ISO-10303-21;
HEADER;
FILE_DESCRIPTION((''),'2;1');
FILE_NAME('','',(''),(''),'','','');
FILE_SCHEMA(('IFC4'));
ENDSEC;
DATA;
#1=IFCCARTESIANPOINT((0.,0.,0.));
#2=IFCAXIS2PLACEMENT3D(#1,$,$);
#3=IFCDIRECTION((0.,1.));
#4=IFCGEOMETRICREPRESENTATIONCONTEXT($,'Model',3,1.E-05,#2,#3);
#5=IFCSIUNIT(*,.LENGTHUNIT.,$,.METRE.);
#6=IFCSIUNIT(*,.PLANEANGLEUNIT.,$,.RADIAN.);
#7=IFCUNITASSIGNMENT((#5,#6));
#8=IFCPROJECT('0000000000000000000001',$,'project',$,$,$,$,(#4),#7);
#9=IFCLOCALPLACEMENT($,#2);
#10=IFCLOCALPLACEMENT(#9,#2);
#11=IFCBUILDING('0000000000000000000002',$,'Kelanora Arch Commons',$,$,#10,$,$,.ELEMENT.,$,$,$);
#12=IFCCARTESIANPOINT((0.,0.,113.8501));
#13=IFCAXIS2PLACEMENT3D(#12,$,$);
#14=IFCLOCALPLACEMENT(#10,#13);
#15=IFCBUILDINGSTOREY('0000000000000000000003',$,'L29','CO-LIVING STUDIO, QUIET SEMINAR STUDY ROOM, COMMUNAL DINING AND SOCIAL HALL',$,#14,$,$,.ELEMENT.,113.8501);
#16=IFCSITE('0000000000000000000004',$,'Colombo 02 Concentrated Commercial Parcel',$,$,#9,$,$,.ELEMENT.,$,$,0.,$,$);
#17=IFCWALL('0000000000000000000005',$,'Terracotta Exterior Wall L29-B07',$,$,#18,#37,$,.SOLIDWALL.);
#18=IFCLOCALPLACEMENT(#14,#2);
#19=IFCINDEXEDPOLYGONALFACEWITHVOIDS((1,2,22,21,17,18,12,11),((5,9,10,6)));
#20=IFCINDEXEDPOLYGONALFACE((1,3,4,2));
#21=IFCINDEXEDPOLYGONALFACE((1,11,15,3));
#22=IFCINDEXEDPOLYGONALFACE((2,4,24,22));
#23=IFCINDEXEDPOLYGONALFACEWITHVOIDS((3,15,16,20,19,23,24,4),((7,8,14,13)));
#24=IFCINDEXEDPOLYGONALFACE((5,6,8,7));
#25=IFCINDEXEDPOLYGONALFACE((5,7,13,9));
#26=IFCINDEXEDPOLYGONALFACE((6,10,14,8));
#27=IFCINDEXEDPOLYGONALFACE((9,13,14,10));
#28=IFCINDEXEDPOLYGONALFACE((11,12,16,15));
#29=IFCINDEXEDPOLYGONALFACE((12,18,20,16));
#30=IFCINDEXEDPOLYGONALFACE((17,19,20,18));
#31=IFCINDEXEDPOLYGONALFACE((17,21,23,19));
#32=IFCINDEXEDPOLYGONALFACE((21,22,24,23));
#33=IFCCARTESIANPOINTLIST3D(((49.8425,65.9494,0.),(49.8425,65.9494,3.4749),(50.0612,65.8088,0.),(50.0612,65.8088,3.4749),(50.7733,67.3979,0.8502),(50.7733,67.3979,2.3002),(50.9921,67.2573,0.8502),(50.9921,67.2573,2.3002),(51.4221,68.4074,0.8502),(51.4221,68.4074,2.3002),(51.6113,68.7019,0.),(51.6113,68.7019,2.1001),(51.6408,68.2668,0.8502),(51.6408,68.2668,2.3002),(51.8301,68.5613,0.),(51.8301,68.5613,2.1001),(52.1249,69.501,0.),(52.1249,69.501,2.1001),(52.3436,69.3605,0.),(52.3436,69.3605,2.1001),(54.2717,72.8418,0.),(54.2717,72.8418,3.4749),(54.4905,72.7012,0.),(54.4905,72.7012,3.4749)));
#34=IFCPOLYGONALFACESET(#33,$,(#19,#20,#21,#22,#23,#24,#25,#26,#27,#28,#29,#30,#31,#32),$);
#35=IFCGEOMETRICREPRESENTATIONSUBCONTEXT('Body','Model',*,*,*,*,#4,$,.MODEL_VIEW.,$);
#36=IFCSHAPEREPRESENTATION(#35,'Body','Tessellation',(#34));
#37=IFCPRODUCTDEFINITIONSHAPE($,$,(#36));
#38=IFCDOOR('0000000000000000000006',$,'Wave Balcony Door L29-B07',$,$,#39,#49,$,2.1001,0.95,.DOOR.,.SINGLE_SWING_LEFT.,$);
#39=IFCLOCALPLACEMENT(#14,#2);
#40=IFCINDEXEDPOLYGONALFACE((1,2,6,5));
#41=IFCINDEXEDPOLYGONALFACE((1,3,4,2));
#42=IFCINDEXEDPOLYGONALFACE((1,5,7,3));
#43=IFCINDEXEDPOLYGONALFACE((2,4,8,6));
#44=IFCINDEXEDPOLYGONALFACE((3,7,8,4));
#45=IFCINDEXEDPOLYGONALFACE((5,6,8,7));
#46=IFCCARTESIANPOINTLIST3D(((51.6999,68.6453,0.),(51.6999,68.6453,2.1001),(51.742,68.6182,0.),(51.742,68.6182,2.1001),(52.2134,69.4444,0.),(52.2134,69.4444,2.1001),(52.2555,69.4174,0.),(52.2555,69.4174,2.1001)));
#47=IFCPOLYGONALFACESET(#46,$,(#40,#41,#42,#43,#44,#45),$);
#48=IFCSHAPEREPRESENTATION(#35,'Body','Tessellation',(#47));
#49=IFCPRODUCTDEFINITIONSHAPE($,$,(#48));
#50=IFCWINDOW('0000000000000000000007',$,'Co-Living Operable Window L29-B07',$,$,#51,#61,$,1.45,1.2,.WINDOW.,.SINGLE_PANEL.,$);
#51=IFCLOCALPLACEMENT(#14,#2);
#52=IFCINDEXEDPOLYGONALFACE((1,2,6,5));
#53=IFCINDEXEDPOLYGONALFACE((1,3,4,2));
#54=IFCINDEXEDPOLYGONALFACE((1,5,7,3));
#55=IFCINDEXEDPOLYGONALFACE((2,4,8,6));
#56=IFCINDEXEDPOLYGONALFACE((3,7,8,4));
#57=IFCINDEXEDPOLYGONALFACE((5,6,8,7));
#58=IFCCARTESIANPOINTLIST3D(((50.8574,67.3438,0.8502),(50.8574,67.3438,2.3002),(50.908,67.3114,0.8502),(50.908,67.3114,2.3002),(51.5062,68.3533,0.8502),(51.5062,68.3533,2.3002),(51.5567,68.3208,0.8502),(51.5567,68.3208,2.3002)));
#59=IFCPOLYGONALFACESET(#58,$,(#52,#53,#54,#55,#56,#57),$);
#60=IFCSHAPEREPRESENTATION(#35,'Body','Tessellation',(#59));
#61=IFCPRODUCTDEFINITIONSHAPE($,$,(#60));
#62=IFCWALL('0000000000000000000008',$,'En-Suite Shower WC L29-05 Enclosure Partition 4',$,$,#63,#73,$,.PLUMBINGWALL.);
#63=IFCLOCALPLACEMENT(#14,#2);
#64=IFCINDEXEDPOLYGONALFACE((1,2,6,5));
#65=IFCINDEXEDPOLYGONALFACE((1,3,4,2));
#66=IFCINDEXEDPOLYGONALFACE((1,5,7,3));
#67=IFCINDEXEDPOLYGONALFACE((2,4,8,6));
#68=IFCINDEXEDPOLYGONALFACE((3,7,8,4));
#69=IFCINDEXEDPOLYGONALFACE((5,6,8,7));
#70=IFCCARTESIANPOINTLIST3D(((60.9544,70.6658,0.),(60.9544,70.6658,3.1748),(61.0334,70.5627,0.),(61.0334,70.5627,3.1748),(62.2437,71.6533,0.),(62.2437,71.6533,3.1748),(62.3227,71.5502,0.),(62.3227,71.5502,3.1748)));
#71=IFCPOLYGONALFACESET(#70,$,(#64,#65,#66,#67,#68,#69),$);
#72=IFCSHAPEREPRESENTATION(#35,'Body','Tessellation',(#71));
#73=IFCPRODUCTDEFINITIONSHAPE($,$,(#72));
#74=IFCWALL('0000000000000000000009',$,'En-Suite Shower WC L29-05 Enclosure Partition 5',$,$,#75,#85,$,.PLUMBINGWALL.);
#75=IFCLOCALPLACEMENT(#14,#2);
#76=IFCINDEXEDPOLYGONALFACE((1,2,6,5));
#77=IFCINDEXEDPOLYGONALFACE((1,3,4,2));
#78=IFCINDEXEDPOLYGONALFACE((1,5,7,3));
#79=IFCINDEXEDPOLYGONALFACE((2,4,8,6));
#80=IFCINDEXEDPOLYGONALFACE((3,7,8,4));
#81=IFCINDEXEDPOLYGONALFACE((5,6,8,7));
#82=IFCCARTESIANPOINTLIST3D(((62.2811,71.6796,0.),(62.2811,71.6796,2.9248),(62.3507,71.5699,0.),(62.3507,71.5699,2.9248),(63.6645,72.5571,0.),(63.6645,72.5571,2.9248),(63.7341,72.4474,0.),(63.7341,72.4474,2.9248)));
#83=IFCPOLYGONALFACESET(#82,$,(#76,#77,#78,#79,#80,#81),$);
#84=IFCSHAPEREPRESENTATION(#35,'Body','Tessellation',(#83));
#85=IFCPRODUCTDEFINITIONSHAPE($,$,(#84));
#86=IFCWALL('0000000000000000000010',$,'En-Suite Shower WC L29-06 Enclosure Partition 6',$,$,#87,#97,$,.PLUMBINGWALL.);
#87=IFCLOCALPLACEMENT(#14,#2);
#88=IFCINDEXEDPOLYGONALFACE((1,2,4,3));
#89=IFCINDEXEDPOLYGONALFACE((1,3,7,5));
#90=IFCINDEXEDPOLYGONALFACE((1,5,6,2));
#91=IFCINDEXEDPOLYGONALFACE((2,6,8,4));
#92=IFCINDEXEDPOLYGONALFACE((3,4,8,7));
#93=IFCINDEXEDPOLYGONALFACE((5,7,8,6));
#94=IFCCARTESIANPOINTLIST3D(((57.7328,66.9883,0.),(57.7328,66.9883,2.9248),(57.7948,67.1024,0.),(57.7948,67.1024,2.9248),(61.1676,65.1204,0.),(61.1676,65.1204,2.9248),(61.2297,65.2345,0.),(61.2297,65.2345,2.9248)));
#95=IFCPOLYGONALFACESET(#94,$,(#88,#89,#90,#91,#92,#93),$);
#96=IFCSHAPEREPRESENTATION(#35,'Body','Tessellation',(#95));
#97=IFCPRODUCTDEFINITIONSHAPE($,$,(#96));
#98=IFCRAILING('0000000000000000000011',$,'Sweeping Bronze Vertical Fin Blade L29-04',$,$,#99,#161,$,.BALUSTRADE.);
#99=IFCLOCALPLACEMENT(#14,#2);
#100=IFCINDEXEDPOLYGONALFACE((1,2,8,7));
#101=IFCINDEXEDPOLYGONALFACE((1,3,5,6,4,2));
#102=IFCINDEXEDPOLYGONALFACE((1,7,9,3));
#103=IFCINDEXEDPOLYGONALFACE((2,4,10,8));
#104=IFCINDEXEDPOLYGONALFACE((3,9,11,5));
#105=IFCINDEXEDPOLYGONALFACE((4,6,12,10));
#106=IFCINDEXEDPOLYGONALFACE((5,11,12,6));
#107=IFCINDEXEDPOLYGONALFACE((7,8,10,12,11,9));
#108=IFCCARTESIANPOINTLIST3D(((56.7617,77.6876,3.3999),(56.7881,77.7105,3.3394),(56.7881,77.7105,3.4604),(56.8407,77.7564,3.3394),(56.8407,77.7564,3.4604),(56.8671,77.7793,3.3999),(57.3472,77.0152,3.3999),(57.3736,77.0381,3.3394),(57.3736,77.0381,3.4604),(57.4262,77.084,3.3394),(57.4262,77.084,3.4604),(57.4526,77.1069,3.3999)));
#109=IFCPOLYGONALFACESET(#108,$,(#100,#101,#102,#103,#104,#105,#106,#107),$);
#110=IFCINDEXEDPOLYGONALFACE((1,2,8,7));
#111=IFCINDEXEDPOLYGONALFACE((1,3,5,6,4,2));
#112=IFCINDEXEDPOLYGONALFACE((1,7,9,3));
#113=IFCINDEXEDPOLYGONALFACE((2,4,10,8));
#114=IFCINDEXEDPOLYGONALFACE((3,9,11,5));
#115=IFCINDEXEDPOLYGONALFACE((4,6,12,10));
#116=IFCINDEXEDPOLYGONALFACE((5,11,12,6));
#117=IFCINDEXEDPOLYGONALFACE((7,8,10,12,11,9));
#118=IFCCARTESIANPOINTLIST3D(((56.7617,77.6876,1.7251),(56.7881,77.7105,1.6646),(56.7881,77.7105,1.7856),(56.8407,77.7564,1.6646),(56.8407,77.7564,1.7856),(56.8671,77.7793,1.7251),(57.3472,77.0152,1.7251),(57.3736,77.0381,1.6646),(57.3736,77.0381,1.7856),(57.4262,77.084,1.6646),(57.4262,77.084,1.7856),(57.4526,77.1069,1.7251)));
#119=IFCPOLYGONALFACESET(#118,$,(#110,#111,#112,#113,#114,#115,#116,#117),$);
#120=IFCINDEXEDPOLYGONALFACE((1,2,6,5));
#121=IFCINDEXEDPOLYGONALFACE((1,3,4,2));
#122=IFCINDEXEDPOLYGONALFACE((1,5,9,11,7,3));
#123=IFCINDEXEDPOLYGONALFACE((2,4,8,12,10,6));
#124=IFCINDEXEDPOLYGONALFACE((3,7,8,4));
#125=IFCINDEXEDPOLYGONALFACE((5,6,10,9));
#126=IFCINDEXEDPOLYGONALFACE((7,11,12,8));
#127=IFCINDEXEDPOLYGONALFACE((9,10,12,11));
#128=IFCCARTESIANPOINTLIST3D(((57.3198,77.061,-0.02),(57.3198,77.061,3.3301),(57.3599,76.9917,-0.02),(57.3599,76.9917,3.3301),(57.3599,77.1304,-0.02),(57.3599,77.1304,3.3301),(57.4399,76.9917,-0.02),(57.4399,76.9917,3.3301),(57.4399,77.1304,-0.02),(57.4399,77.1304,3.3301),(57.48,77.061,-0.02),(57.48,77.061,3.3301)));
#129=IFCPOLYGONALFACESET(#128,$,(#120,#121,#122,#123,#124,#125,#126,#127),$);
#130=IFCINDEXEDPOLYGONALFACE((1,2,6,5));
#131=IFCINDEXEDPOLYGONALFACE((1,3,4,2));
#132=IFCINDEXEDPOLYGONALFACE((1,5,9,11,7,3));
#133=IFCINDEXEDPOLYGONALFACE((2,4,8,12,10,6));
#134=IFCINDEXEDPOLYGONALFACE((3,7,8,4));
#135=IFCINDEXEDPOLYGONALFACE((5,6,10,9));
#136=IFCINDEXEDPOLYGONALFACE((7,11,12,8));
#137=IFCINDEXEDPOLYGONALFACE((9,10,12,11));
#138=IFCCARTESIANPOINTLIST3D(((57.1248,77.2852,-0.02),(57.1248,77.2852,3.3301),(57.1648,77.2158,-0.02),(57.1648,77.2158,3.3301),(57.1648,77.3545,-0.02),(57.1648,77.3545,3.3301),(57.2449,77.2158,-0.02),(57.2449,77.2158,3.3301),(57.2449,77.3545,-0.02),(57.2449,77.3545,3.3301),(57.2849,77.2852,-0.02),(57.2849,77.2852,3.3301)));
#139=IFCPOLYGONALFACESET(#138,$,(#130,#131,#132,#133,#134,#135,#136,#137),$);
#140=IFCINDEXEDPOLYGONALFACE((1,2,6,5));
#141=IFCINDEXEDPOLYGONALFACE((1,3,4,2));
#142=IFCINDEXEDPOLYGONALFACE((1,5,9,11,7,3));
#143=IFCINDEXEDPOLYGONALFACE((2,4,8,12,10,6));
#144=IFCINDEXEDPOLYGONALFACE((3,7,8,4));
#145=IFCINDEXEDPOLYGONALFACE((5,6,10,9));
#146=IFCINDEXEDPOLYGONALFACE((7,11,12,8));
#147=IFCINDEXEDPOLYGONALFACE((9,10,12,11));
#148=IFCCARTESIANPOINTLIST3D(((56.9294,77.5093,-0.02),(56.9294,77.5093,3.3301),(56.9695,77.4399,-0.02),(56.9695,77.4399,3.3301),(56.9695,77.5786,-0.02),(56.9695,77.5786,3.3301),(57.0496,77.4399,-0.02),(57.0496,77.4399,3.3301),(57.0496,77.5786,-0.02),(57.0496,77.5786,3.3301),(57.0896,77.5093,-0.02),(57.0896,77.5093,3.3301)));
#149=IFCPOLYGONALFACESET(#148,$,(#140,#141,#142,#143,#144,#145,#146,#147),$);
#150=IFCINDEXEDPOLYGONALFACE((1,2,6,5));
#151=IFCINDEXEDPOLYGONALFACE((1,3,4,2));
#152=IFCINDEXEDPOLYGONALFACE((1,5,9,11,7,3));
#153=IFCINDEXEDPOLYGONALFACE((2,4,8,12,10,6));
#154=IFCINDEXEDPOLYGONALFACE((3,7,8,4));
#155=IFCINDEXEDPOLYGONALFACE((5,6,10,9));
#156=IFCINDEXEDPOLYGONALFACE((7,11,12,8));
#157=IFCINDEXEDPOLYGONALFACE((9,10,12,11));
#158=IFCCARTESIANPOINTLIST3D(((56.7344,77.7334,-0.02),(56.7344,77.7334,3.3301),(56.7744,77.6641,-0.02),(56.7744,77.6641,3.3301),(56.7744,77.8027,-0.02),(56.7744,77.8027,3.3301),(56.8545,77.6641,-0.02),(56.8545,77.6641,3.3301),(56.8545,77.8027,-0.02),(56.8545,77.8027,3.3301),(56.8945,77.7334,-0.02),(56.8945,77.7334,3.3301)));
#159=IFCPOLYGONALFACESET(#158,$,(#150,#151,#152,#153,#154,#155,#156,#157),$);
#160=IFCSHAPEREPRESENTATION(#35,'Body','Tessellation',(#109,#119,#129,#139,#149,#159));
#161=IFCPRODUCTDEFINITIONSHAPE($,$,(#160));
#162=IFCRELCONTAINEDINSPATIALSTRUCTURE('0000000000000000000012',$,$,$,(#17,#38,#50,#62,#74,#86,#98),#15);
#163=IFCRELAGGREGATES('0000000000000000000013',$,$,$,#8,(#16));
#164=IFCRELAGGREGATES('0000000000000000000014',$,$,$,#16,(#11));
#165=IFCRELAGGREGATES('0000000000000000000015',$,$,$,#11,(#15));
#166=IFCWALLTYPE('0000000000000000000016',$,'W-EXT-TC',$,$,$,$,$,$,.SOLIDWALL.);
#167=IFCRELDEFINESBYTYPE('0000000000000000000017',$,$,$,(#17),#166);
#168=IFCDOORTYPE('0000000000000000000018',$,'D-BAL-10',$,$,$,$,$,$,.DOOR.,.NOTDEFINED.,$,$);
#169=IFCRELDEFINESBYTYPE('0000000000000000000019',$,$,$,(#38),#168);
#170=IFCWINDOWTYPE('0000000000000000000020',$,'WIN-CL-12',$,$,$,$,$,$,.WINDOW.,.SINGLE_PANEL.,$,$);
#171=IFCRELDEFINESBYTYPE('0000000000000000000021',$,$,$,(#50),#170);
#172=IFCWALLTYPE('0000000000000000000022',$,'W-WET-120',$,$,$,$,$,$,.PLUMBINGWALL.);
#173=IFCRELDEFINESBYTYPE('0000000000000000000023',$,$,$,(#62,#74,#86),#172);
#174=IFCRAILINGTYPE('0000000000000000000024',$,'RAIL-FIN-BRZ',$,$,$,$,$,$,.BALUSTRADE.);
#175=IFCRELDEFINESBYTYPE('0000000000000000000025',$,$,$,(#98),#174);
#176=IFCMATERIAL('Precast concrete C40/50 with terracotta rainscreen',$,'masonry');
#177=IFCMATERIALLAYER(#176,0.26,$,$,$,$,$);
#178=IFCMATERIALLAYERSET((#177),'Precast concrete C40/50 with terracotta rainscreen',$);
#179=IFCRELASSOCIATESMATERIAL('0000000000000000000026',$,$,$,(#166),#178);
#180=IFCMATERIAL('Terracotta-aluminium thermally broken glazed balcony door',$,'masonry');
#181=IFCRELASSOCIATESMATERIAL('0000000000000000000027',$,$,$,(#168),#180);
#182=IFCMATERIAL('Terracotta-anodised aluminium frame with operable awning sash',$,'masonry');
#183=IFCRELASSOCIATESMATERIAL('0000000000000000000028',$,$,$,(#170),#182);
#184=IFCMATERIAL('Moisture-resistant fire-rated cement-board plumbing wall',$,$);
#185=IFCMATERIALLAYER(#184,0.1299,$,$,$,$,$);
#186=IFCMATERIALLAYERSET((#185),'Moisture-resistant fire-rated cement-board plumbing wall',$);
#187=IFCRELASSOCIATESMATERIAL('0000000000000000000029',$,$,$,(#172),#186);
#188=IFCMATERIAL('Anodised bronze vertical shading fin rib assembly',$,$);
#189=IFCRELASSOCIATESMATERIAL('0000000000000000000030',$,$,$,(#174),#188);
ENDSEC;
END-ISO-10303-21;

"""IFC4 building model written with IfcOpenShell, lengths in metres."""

from ifc_helpers import new_model, si_unit, direction, frame, frame_2d, origin, place, context, subcontext, project, spatial, polyline, rectangle, outline, extrude, material, layer, layer_set, type_object, element, fill, save


model = new_model("IFC4")

# Units and contexts
model_context = context("Model", 3, precision=1e-05, world=origin(), true_north=direction((0.0, 1.0)))
body_context = subcontext(model_context, "Body", "Model", "MODEL_VIEW")
ifc_project = project(units=[si_unit("LENGTHUNIT", "METRE"), si_unit("PLANEANGLEUNIT", "RADIAN")], contexts=[model_context])

# Site, building, storey
site_placement = place(None, origin())
site = spatial("IfcSite", under=ifc_project, at=site_placement, Name="Colombo 02 Concentrated Commercial Parcel", CompositionType="ELEMENT", RefElevation=0.0)
building_placement = place(site_placement, origin())
building = spatial("IfcBuilding", under=site, at=building_placement, Name="Kelanora Arch Commons", CompositionType="ELEMENT")
storey_placement = place(building_placement, frame((0.0, 0.0, 113.8501)))
storey = spatial("IfcBuildingStorey", under=building, at=storey_placement, Name="L29", Description="CO-LIVING STUDIO, QUIET SEMINAR STUDY ROOM, COMMUNAL DINING AND SOCIAL HALL", CompositionType="ELEMENT", Elevation=113.8501)

# Shared definitions
ifc_material_1 = material(Name="Precast concrete C40/50 with terracotta rainscreen", Category="masonry")
ifc_layer_1 = layer(ifc_material_1, 0.26)
ifc_layer_set_1 = layer_set([ifc_layer_1], Name="Precast concrete C40/50 with terracotta rainscreen")
wall_type_1 = type_object("IfcWallType", Name="W-EXT-TC", PredefinedType="SOLIDWALL", material=ifc_layer_set_1)

# Wall, openings, door, window
wall_1_placement = place(storey_placement, frame((54.3811, 72.7715, 0.0), z_axis=(0.0, 0.0, 1.0), x_axis=(-0.540621, -0.841267, 0.0)))
wall_1 = element("IfcWall", 1, at=wall_1_placement, inside=storey, type_object=wall_type_1, Name="Terracotta Exterior Wall L29-B07", PredefinedType="SOLIDWALL", context=body_context, shape_type="SweptSolid", body=[
    extrude(rectangle(XDim=8.1929, YDim=0.26, at=frame_2d((4.0964, 0.0))), origin(), (0.0, 0.0, 1.0), 3.4749),
])
opening_1_placement = place(wall_1_placement, frame((3.9709, 0.0, 0.0)))
opening_1 = element("IfcOpeningElement", 2, at=opening_1_placement, cuts=wall_1, PredefinedType="OPENING", context=body_context, shape_type="SweptSolid", body=[
    extrude(rectangle(XDim=0.95, YDim=2.1001, at=frame_2d((0.4751, 1.05))), frame((0.0, 0.1401, 0.0), z_axis=(0.0, -1.0, 0.0), x_axis=(1.0, 0.0, 0.0)), (0.0, 0.0, 1.0), 0.28),
])
opening_2_placement = place(wall_1_placement, frame((5.271, 0.0, 0.8501)))
opening_2 = element("IfcOpeningElement", 3, at=opening_2_placement, cuts=wall_1, PredefinedType="OPENING", context=body_context, shape_type="SweptSolid", body=[
    extrude(rectangle(XDim=1.2, YDim=1.45, at=frame_2d((0.6001, 0.7251))), frame((0.0, 0.1401, 0.0), z_axis=(0.0, -1.0, 0.0), x_axis=(1.0, 0.0, 0.0)), (0.0, 0.0, 1.0), 0.28),
])
ifc_material_2 = material(Name="Terracotta-aluminium thermally broken glazed balcony door", Category="masonry")
door_type = type_object("IfcDoorType", Name="D-BAL-10", OperationType="NOTDEFINED", PredefinedType="DOOR", material=ifc_material_2)
door_placement = place(opening_1_placement, frame((0.95, 0.0, 0.0), z_axis=(0.0, 0.0, 1.0), x_axis=(-1.0, 0.0, 0.0)))
door = element("IfcDoor", 4, at=door_placement, inside=storey, type_object=door_type, Name="Wave Balcony Door L29-B07", OperationType="SINGLE_SWING_LEFT", OverallHeight=2.1001, OverallWidth=0.95, PredefinedType="DOOR", context=body_context, shape_type="SweptSolid", body=[
    extrude(rectangle(XDim=0.95, YDim=2.1001, at=frame_2d((0.4751, 1.05))), frame((0.0, 0.0249, 0.0), z_axis=(0.0, -1.0, 0.0), x_axis=(1.0, 0.0, 0.0)), (0.0, 0.0, 1.0), 0.05),
])
fill(opening_1, door)
ifc_material_3 = material(Name="Terracotta-anodised aluminium frame with operable awning sash", Category="masonry")
window_type_1 = type_object("IfcWindowType", Name="WIN-CL-12", PartitioningType="SINGLE_PANEL", PredefinedType="WINDOW", material=ifc_material_3)
window_1_placement = place(opening_2_placement, origin())
window_1 = element("IfcWindow", 5, at=window_1_placement, inside=storey, type_object=window_type_1, Name="Co-Living Operable Window L29-B07", OverallHeight=1.45, OverallWidth=1.2, PartitioningType="SINGLE_PANEL", PredefinedType="WINDOW", context=body_context, shape_type="SweptSolid", body=[
    extrude(rectangle(XDim=1.2, YDim=1.45, at=frame_2d((0.6001, 0.7251))), frame((0.0, 0.03, 0.0), z_axis=(0.0, -1.0, 0.0), x_axis=(1.0, 0.0, 0.0)), (0.0, 0.0, 1.0), 0.0601),
])
fill(opening_2, window_1)

# Walls
ifc_material_4 = material(Name="Moisture-resistant fire-rated cement-board plumbing wall")
ifc_layer_2 = layer(ifc_material_4, 0.1299)
ifc_layer_set_2 = layer_set([ifc_layer_2], Name="Moisture-resistant fire-rated cement-board plumbing wall")
wall_type_2 = type_object("IfcWallType", Name="W-WET-120", PredefinedType="PLUMBINGWALL", material=ifc_layer_set_2)
wall_2_placement = place(storey_placement, frame((60.9939, 70.6143, 0.0), z_axis=(0.0, 0.0, 1.0), x_axis=(0.79388, 0.608075, 0.0)))
element("IfcWall", 6, at=wall_2_placement, inside=storey, type_object=wall_type_2, Name="En-Suite Shower WC L29-05 Enclosure Partition 4", PredefinedType="PLUMBINGWALL", context=body_context, shape_type="SweptSolid", body=[
    extrude(rectangle(XDim=1.624, YDim=0.1299, at=frame_2d((0.812, 0.0))), origin(), (0.0, 0.0, 1.0), 3.1748),
])
wall_3_placement = place(storey_placement, frame((62.3159, 71.6248, 0.0), z_axis=(0.0, 0.0, 1.0), x_axis=(0.844446, 0.535641, 0.0)))
element("IfcWall", 7, at=wall_3_placement, inside=storey, type_object=wall_type_2, Name="En-Suite Shower WC L29-05 Enclosure Partition 5", PredefinedType="PLUMBINGWALL", context=body_context, shape_type="SweptSolid", body=[
    extrude(rectangle(XDim=1.6382, YDim=0.1299, at=frame_2d((0.8191, 0.0))), origin(), (0.0, 0.0, 1.0), 2.9248),
])
wall_4_placement = place(storey_placement, frame((57.7637, 67.0454, 0.0), z_axis=(0.0, 0.0, 1.0), x_axis=(0.878499, -0.477745, 0.0)))
element("IfcWall", 8, at=wall_4_placement, inside=storey, type_object=wall_type_2, Name="En-Suite Shower WC L29-06 Enclosure Partition 6", PredefinedType="PLUMBINGWALL", context=body_context, shape_type="SweptSolid", body=[
    extrude(rectangle(XDim=3.9099, YDim=0.1299, at=frame_2d((1.9551, 0.0))), origin(), (0.0, 0.0, 1.0), 2.9248),
])

# Railing
ifc_material_5 = material(Name="Anodised bronze vertical shading fin rib assembly")
railing_type = type_object("IfcRailingType", Name="RAIL-FIN-BRZ", PredefinedType="BALUSTRADE", material=ifc_material_5)
railing_1_placement = place(storey_placement, frame((57.3999, 77.061, -0.02)))
element("IfcRailing", 9, at=railing_1_placement, inside=storey, type_object=railing_type, Name="Sweeping Bronze Vertical Fin Blade L29-04", PredefinedType="BALUSTRADE", context=body_context, shape_type="SweptSolid", body=[
    extrude(outline(polyline([(0.0698, 0.0), (0.0349, 0.0605), (-0.0349, 0.0605), (-0.0698, 0.0), (-0.0349, -0.0605), (0.0349, -0.0605), (0.0698, 0.0)])), frame((0.0, 0.0, 3.4199), z_axis=(-0.65668, 0.754169, 0.0), x_axis=(-0.754169, -0.65668, 0.0)), (0.0, 0.0, 1.0), 0.8916),
    extrude(outline(polyline([(0.0698, 0.0), (0.0349, 0.0605), (-0.0349, 0.0605), (-0.0698, 0.0), (-0.0349, -0.0605), (0.0349, -0.0605), (0.0698, 0.0)])), frame((0.0, 0.0, 1.7451), z_axis=(-0.65668, 0.754169, 0.0), x_axis=(-0.754169, -0.65668, 0.0)), (0.0, 0.0, 1.0), 0.8916),
    extrude(outline(polyline([(0.0801, 0.0), (0.04, 0.0693), (-0.04, 0.0693), (-0.0801, 0.0), (-0.04, -0.0693), (0.04, -0.0693), (0.0801, 0.0)])), origin(), (0.0, 0.0, 1.0), 3.3501),
    extrude(outline(polyline([(0.0801, 0.0), (0.04, 0.0693), (-0.04, 0.0693), (-0.0801, 0.0), (-0.04, -0.0693), (0.04, -0.0693), (0.0801, 0.0)])), frame((-0.1951, 0.2241, 0.0)), (0.0, 0.0, 1.0), 3.3501),
    extrude(outline(polyline([(0.0801, 0.0), (0.04, 0.0693), (-0.04, 0.0693), (-0.0801, 0.0), (-0.04, -0.0693), (0.04, -0.0693), (0.0801, 0.0)])), frame((-0.3904, 0.4482, 0.0)), (0.0, 0.0, 1.0), 3.3501),
    extrude(outline(polyline([(0.0801, 0.0), (0.04, 0.0693), (-0.04, 0.0693), (-0.0801, 0.0), (-0.04, -0.0693), (0.04, -0.0693), (0.0801, 0.0)])), frame((-0.5854, 0.6724, 0.0)), (0.0, 0.0, 1.0), 3.3501),
])

save(model, "model.ifc")
